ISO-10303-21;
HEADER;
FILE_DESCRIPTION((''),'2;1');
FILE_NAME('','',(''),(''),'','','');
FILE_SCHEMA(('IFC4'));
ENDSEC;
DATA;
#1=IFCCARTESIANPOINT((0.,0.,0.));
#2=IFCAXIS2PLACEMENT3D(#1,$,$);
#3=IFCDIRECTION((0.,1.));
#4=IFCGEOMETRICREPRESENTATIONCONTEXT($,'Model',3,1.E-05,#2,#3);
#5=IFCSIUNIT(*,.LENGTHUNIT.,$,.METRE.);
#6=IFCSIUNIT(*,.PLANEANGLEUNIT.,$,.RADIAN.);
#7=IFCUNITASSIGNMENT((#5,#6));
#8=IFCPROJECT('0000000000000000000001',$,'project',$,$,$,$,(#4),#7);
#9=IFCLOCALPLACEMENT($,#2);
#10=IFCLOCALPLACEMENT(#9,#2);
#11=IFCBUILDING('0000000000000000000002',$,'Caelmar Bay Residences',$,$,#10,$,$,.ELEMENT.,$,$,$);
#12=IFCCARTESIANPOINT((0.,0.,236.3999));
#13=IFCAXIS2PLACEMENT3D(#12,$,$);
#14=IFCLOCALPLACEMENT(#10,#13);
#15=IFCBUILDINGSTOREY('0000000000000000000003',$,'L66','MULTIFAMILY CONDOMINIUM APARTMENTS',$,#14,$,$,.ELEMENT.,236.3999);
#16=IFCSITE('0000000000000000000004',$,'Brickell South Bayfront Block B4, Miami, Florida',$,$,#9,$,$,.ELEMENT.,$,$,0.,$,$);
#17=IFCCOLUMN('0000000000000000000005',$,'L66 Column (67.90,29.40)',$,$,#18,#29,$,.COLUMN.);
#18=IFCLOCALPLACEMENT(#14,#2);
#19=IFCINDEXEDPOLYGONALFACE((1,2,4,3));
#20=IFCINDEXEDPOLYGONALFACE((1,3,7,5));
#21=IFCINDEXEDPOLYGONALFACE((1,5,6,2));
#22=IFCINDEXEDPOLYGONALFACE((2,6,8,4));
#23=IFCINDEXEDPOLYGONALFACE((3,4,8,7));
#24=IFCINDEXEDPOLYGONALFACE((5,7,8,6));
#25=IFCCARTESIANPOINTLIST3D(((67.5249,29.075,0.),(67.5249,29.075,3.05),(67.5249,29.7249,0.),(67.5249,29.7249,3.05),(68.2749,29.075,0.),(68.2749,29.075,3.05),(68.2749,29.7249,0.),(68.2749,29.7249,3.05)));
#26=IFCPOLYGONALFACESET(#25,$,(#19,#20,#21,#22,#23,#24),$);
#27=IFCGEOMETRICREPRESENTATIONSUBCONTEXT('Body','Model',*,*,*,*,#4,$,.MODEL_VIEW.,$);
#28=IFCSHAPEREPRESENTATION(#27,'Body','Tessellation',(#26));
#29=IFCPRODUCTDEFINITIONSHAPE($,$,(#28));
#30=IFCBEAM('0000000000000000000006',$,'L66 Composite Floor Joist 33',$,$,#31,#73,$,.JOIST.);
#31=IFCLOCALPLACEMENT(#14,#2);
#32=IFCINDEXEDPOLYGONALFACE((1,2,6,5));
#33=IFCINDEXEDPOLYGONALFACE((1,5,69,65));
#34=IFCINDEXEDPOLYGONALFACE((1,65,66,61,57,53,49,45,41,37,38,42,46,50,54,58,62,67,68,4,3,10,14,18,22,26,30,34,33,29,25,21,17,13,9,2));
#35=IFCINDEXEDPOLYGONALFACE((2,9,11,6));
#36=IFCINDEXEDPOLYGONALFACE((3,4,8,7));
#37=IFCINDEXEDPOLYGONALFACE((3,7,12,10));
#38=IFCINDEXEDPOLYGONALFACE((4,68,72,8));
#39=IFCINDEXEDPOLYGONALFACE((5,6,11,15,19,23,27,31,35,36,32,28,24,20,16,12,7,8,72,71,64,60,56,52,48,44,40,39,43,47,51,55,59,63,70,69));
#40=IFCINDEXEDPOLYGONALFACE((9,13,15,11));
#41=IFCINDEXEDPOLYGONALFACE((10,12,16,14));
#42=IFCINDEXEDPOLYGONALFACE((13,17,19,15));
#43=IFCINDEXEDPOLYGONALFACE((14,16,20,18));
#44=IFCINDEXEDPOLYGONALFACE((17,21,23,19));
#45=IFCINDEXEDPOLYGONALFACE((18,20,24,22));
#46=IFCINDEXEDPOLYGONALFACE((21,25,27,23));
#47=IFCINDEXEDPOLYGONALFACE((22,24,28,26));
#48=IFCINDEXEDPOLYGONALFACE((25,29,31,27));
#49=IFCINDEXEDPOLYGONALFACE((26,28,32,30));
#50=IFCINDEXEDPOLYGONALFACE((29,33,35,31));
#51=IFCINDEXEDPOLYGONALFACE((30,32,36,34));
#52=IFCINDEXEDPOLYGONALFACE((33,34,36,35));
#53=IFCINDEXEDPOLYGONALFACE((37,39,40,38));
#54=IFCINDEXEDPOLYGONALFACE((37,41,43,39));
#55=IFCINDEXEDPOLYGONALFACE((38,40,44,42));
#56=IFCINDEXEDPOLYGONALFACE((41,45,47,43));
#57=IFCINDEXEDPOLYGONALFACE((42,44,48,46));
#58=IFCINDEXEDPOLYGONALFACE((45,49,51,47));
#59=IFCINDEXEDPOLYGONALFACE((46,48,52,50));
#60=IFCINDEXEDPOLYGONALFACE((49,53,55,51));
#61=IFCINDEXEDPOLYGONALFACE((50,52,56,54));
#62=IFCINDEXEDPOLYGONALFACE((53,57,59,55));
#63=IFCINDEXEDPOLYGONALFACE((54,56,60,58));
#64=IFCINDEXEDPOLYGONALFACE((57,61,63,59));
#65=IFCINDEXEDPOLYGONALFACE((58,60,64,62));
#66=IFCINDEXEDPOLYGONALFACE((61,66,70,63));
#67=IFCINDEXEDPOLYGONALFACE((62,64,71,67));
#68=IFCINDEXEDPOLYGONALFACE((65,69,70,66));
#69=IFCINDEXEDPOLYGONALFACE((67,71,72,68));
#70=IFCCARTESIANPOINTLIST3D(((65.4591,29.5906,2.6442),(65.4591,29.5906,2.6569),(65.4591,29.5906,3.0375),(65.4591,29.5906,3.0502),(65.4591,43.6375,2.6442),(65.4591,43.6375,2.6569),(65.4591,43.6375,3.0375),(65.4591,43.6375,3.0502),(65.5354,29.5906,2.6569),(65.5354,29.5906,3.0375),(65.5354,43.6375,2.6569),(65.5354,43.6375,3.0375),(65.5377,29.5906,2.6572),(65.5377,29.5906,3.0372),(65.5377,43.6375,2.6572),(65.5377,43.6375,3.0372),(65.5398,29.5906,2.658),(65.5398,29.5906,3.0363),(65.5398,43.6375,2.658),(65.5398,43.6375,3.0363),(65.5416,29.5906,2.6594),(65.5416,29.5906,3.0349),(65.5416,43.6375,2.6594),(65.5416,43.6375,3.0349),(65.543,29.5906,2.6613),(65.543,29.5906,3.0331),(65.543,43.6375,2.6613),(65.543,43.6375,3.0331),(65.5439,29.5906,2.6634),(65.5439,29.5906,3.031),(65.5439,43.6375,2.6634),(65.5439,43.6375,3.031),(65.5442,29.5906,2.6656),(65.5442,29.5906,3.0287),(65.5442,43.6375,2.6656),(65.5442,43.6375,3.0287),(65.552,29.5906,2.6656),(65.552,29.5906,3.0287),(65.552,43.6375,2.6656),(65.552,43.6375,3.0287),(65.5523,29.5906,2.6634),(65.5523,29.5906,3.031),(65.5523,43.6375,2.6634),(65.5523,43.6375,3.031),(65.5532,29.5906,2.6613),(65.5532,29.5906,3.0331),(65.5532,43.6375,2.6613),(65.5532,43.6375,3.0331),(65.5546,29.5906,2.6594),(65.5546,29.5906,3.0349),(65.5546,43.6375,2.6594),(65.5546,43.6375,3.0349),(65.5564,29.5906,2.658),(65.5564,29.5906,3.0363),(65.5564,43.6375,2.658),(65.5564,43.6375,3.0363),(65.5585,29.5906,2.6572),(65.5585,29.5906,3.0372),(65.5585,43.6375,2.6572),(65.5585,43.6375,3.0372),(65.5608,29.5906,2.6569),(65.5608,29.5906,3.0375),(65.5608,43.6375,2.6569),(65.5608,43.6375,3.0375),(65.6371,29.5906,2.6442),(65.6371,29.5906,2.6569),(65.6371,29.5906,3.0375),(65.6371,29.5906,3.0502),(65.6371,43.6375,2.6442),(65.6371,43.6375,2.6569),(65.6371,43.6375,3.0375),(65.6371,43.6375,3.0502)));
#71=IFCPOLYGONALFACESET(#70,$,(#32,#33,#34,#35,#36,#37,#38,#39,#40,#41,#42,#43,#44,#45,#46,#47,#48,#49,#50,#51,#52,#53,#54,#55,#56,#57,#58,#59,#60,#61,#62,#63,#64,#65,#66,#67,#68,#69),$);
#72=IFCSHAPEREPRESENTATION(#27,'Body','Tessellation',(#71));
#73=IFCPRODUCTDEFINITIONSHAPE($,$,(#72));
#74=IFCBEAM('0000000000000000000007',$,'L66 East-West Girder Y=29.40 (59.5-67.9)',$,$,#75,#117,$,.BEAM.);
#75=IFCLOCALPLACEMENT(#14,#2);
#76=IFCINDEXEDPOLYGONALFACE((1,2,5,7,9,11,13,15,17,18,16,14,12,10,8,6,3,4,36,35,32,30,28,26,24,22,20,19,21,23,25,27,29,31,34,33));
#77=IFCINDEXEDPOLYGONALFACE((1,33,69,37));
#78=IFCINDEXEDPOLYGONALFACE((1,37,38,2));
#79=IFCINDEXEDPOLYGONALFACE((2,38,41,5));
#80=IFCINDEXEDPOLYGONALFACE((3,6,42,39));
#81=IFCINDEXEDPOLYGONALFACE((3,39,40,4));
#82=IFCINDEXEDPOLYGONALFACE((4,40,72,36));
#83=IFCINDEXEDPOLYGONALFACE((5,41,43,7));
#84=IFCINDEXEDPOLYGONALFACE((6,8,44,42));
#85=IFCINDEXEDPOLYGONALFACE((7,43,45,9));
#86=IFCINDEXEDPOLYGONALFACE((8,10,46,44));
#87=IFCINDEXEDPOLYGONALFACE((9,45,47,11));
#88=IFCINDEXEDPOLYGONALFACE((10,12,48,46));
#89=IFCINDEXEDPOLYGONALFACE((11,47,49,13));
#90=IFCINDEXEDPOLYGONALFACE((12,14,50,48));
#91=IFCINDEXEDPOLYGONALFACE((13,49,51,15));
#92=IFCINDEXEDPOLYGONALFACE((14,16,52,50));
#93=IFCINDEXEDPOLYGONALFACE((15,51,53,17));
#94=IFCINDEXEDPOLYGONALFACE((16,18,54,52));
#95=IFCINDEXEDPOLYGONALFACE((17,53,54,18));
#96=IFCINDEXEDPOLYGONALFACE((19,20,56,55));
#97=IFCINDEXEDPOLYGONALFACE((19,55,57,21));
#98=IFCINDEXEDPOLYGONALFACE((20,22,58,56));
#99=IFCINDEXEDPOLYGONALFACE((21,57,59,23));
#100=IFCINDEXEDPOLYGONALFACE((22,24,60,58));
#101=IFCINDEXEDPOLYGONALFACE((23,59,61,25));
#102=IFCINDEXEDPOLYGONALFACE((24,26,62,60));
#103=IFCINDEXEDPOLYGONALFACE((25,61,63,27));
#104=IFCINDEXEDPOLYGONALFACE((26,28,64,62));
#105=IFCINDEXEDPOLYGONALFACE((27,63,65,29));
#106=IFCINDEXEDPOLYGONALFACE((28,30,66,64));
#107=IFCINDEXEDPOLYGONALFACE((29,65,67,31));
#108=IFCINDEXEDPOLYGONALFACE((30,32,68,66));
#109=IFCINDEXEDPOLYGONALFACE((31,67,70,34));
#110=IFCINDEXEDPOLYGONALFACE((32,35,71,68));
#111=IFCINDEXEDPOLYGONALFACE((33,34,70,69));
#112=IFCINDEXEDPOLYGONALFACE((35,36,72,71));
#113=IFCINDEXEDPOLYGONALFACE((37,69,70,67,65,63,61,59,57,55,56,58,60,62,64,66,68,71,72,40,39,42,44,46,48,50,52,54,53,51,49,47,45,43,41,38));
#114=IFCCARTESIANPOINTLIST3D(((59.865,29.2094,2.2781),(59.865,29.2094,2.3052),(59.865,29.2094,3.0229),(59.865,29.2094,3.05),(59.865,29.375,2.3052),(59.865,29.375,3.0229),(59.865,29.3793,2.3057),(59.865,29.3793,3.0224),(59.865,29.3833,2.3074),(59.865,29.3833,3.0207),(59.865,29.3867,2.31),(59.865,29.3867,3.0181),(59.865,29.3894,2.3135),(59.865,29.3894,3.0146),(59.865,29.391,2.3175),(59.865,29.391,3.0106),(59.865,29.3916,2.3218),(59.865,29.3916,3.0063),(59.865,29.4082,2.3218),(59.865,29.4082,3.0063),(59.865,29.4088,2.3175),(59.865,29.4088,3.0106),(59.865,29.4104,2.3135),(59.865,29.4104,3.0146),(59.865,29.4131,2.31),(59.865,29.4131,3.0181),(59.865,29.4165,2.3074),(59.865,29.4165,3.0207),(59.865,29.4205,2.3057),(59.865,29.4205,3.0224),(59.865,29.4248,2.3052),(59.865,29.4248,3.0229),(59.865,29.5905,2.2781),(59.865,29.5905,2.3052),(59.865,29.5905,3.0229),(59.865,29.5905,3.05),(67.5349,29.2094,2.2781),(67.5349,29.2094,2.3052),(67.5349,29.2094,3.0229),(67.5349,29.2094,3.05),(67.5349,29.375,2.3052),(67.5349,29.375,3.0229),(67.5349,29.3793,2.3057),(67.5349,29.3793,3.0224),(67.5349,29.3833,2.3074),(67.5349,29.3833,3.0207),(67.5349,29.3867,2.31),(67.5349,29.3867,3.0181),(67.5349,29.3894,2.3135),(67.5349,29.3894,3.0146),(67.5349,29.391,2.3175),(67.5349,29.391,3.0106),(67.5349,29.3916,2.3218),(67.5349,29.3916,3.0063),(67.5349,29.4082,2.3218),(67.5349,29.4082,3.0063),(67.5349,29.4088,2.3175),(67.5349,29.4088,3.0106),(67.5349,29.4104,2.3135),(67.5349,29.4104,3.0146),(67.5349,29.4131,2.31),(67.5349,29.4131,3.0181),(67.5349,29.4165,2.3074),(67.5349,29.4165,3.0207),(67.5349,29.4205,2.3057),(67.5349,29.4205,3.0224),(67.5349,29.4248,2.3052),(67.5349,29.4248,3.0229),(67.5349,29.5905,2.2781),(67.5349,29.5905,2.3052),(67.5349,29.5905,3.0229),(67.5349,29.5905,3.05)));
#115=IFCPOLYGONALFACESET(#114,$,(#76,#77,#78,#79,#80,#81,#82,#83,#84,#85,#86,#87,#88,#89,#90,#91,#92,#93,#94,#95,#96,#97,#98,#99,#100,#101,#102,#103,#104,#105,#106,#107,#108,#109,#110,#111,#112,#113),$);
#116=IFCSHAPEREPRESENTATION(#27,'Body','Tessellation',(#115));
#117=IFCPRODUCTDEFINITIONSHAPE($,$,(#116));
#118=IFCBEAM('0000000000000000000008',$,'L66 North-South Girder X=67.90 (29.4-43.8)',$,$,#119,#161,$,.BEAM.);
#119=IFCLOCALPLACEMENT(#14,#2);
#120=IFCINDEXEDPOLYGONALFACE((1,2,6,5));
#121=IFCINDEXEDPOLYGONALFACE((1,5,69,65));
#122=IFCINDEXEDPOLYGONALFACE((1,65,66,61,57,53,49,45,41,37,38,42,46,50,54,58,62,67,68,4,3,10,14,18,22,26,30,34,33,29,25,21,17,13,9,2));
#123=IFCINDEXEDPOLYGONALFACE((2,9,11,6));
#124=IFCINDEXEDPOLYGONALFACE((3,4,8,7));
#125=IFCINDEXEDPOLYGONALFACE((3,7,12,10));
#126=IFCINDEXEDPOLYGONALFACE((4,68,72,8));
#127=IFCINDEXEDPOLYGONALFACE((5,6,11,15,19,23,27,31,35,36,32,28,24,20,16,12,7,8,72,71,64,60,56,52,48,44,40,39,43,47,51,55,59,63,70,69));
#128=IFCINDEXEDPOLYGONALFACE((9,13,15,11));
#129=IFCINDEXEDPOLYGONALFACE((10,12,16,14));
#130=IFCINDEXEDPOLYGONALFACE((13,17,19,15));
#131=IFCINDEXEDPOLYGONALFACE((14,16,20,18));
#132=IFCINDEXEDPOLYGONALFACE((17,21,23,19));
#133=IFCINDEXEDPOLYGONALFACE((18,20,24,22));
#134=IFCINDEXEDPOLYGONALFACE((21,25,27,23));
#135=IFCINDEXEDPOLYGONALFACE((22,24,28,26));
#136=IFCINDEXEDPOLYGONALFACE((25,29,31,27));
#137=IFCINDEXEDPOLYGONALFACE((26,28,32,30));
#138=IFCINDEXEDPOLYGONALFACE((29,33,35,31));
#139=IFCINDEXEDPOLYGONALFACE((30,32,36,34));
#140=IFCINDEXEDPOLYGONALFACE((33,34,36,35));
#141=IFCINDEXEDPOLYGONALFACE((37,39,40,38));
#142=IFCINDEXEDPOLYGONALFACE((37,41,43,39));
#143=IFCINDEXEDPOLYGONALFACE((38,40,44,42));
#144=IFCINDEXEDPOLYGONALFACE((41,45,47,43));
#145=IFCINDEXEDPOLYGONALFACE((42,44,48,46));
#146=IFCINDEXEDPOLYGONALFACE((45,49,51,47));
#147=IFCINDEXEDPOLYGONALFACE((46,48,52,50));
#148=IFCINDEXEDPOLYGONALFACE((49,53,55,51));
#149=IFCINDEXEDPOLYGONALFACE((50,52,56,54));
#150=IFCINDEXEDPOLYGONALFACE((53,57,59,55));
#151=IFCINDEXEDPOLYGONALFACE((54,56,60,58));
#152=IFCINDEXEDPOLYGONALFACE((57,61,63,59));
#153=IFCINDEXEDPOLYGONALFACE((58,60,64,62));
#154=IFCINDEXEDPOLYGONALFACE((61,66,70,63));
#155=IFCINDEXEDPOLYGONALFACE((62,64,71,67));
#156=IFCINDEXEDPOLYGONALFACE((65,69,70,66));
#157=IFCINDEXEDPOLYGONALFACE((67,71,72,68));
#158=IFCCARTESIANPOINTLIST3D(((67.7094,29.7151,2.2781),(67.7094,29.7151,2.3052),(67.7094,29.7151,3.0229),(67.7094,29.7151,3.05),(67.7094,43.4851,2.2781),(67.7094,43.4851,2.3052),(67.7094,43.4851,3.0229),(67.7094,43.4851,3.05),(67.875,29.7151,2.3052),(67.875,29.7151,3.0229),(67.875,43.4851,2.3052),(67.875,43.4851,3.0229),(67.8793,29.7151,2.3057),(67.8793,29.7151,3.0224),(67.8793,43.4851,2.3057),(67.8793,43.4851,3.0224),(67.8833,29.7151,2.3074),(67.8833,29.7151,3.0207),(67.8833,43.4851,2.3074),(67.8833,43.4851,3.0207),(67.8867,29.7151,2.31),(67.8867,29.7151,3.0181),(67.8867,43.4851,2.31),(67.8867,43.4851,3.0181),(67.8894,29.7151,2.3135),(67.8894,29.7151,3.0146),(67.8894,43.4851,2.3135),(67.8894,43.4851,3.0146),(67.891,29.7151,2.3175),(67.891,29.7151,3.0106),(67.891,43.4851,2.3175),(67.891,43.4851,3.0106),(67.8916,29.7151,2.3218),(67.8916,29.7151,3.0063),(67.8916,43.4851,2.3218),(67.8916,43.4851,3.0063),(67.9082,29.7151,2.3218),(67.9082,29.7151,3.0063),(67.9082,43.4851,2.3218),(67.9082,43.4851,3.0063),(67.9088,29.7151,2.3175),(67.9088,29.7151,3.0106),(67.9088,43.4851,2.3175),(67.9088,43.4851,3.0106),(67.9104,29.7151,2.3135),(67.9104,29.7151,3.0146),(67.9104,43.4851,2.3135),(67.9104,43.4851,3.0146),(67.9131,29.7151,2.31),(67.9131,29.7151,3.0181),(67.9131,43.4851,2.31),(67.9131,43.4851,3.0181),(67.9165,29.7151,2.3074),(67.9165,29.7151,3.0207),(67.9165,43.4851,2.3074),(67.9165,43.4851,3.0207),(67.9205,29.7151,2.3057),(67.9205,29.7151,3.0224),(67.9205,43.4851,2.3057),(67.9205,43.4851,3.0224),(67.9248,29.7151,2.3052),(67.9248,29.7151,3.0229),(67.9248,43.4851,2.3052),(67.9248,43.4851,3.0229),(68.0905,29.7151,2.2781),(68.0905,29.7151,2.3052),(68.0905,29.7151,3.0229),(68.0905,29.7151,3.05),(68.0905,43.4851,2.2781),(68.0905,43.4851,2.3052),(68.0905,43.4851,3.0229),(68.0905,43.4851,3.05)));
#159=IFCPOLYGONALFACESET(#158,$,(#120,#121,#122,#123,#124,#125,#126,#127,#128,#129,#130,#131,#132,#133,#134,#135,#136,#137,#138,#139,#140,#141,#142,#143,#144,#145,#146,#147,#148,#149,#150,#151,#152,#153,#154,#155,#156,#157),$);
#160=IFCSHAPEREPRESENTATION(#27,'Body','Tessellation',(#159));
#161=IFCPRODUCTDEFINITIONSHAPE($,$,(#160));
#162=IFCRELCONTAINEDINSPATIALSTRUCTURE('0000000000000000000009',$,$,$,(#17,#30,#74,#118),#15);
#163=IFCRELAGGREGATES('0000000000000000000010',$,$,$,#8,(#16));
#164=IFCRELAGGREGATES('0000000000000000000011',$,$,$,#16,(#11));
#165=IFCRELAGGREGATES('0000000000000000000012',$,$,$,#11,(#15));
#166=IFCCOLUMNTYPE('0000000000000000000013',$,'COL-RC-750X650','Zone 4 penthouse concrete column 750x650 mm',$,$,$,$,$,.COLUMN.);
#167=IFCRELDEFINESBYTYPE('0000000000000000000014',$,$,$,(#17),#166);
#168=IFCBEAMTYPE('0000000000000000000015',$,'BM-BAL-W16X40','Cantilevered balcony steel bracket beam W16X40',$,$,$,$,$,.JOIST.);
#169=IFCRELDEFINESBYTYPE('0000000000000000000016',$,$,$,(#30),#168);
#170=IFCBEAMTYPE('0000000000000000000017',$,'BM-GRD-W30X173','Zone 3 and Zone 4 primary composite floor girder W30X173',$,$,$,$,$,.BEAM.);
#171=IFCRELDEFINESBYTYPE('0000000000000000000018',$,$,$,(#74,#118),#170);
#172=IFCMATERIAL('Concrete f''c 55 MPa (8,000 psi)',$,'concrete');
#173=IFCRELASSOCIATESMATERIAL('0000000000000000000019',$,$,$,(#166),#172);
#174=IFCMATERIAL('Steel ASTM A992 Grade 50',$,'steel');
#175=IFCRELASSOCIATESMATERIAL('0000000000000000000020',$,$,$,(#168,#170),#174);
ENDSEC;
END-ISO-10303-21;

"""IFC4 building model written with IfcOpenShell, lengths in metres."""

from ifc_helpers import new_model, si_unit, direction, frame, origin, origin_2d, place, context, subcontext, project, spatial, rectangle, i_section, extrude, material, material_profile, profile_set, type_object, element, save


model = new_model("IFC4")

# Units and contexts
model_context = context("Model", 3, precision=1e-05, world=origin(), true_north=direction((0.0, 1.0)))
body_context = subcontext(model_context, "Body", "Model", "MODEL_VIEW")
ifc_project = project(units=[si_unit("LENGTHUNIT", "METRE"), si_unit("PLANEANGLEUNIT", "RADIAN")], contexts=[model_context])

# Site, building, storey
site_placement = place(None, origin())
site = spatial("IfcSite", under=ifc_project, at=site_placement, Name="Brickell South Bayfront Block B4, Miami, Florida", CompositionType="ELEMENT", RefElevation=0.0)
building_placement = place(site_placement, origin())
building = spatial("IfcBuilding", under=site, at=building_placement, Name="Caelmar Bay Residences", CompositionType="ELEMENT")
storey_placement = place(building_placement, frame((0.0, 0.0, 236.3999)))
storey = spatial("IfcBuildingStorey", under=building, at=storey_placement, Name="L66", Description="MULTIFAMILY CONDOMINIUM APARTMENTS", CompositionType="ELEMENT", Elevation=236.3999)

# Column
ifc_material_1 = material(Name="Concrete f'c 55 MPa (8,000 psi)", Category="concrete")
ifc_material_profile_1 = material_profile(ifc_material_1, rectangle(XDim=0.75, YDim=0.6499, at=origin_2d()), Name="RC-COL-750X650")
ifc_profile_set_1 = profile_set([ifc_material_profile_1], Name="Concrete f'c 55 MPa (8,000 psi)")
column_type = type_object("IfcColumnType", Name="COL-RC-750X650", Description="Zone 4 penthouse concrete column 750x650 mm", PredefinedType="COLUMN", material=ifc_profile_set_1)
column_placement = place(storey_placement, frame((67.8999, 29.3999, 0.0), z_axis=(0.0, 0.0, 1.0), x_axis=(1.0, 0.0, 0.0)))
element("IfcColumn", 1, at=column_placement, inside=storey, type_object=column_type, Name="L66 Column (67.90,29.40)", PredefinedType="COLUMN", context=body_context, shape_type="SweptSolid", body=[
    extrude(rectangle(XDim=0.75, YDim=0.6499, at=origin_2d()), origin(), (0.0, 0.0, 1.0), 3.05),
])

# Beams
ifc_material_2 = material(Name="Steel ASTM A992 Grade 50", Category="steel")
ifc_material_profile_2 = material_profile(ifc_material_2, i_section(OverallWidth=0.178, OverallDepth=0.406, WebThickness=0.0078, FlangeThickness=0.0127, FilletRadius=0.0088, at=origin_2d()), Name="W16X40")
ifc_profile_set_2 = profile_set([ifc_material_profile_2], Name="Steel ASTM A992 Grade 50")
beam_type_1 = type_object("IfcBeamType", Name="BM-BAL-W16X40", Description="Cantilevered balcony steel bracket beam W16X40", PredefinedType="JOIST", material=ifc_profile_set_2)
beam_1_placement = place(storey_placement, frame((65.5481, 29.5906, 2.8472), z_axis=(0.0, 1.0, 0.0), x_axis=(-1.0, 0.0, 0.0)))
element("IfcBeam", 2, at=beam_1_placement, inside=storey, type_object=beam_type_1, Name="L66 Composite Floor Joist 33", PredefinedType="JOIST", context=body_context, shape_type="SweptSolid", body=[
    extrude(i_section(OverallWidth=0.178, OverallDepth=0.406, WebThickness=0.0078, FlangeThickness=0.0127, FilletRadius=0.0088, at=origin_2d()), origin(), (0.0, 0.0, 1.0), 14.0469),
])
ifc_material_profile_3 = material_profile(ifc_material_2, i_section(OverallWidth=0.3811, OverallDepth=0.772, WebThickness=0.0166, FlangeThickness=0.0271, FilletRadius=0.0166, at=origin_2d()), Name="W30X173")
ifc_profile_set_3 = profile_set([ifc_material_profile_3], Name="Steel ASTM A992 Grade 50")
beam_type_2 = type_object("IfcBeamType", Name="BM-GRD-W30X173", Description="Zone 3 and Zone 4 primary composite floor girder W30X173", PredefinedType="BEAM", material=ifc_profile_set_3)
beam_2_placement = place(storey_placement, frame((59.865, 29.3999, 2.6641), z_axis=(1.0, 0.0, 0.0), x_axis=(0.0, 1.0, 0.0)))
element("IfcBeam", 3, at=beam_2_placement, inside=storey, type_object=beam_type_2, Name="L66 East-West Girder Y=29.40 (59.5-67.9)", PredefinedType="BEAM", context=body_context, shape_type="SweptSolid", body=[
    extrude(i_section(OverallWidth=0.3811, OverallDepth=0.772, WebThickness=0.0166, FlangeThickness=0.0271, FilletRadius=0.0166, at=origin_2d()), origin(), (0.0, 0.0, 1.0), 7.6699),
])
beam_3_placement = place(storey_placement, frame((67.8999, 29.7151, 2.6641), z_axis=(0.0, 1.0, 0.0), x_axis=(-1.0, 0.0, 0.0)))
element("IfcBeam", 4, at=beam_3_placement, inside=storey, type_object=beam_type_2, Name="L66 North-South Girder X=67.90 (29.4-43.8)", PredefinedType="BEAM", context=body_context, shape_type="SweptSolid", body=[
    extrude(i_section(OverallWidth=0.3811, OverallDepth=0.772, WebThickness=0.0166, FlangeThickness=0.0271, FilletRadius=0.0166, at=origin_2d()), origin(), (0.0, 0.0, 1.0), 13.77),
])

save(model, "model.ifc")
